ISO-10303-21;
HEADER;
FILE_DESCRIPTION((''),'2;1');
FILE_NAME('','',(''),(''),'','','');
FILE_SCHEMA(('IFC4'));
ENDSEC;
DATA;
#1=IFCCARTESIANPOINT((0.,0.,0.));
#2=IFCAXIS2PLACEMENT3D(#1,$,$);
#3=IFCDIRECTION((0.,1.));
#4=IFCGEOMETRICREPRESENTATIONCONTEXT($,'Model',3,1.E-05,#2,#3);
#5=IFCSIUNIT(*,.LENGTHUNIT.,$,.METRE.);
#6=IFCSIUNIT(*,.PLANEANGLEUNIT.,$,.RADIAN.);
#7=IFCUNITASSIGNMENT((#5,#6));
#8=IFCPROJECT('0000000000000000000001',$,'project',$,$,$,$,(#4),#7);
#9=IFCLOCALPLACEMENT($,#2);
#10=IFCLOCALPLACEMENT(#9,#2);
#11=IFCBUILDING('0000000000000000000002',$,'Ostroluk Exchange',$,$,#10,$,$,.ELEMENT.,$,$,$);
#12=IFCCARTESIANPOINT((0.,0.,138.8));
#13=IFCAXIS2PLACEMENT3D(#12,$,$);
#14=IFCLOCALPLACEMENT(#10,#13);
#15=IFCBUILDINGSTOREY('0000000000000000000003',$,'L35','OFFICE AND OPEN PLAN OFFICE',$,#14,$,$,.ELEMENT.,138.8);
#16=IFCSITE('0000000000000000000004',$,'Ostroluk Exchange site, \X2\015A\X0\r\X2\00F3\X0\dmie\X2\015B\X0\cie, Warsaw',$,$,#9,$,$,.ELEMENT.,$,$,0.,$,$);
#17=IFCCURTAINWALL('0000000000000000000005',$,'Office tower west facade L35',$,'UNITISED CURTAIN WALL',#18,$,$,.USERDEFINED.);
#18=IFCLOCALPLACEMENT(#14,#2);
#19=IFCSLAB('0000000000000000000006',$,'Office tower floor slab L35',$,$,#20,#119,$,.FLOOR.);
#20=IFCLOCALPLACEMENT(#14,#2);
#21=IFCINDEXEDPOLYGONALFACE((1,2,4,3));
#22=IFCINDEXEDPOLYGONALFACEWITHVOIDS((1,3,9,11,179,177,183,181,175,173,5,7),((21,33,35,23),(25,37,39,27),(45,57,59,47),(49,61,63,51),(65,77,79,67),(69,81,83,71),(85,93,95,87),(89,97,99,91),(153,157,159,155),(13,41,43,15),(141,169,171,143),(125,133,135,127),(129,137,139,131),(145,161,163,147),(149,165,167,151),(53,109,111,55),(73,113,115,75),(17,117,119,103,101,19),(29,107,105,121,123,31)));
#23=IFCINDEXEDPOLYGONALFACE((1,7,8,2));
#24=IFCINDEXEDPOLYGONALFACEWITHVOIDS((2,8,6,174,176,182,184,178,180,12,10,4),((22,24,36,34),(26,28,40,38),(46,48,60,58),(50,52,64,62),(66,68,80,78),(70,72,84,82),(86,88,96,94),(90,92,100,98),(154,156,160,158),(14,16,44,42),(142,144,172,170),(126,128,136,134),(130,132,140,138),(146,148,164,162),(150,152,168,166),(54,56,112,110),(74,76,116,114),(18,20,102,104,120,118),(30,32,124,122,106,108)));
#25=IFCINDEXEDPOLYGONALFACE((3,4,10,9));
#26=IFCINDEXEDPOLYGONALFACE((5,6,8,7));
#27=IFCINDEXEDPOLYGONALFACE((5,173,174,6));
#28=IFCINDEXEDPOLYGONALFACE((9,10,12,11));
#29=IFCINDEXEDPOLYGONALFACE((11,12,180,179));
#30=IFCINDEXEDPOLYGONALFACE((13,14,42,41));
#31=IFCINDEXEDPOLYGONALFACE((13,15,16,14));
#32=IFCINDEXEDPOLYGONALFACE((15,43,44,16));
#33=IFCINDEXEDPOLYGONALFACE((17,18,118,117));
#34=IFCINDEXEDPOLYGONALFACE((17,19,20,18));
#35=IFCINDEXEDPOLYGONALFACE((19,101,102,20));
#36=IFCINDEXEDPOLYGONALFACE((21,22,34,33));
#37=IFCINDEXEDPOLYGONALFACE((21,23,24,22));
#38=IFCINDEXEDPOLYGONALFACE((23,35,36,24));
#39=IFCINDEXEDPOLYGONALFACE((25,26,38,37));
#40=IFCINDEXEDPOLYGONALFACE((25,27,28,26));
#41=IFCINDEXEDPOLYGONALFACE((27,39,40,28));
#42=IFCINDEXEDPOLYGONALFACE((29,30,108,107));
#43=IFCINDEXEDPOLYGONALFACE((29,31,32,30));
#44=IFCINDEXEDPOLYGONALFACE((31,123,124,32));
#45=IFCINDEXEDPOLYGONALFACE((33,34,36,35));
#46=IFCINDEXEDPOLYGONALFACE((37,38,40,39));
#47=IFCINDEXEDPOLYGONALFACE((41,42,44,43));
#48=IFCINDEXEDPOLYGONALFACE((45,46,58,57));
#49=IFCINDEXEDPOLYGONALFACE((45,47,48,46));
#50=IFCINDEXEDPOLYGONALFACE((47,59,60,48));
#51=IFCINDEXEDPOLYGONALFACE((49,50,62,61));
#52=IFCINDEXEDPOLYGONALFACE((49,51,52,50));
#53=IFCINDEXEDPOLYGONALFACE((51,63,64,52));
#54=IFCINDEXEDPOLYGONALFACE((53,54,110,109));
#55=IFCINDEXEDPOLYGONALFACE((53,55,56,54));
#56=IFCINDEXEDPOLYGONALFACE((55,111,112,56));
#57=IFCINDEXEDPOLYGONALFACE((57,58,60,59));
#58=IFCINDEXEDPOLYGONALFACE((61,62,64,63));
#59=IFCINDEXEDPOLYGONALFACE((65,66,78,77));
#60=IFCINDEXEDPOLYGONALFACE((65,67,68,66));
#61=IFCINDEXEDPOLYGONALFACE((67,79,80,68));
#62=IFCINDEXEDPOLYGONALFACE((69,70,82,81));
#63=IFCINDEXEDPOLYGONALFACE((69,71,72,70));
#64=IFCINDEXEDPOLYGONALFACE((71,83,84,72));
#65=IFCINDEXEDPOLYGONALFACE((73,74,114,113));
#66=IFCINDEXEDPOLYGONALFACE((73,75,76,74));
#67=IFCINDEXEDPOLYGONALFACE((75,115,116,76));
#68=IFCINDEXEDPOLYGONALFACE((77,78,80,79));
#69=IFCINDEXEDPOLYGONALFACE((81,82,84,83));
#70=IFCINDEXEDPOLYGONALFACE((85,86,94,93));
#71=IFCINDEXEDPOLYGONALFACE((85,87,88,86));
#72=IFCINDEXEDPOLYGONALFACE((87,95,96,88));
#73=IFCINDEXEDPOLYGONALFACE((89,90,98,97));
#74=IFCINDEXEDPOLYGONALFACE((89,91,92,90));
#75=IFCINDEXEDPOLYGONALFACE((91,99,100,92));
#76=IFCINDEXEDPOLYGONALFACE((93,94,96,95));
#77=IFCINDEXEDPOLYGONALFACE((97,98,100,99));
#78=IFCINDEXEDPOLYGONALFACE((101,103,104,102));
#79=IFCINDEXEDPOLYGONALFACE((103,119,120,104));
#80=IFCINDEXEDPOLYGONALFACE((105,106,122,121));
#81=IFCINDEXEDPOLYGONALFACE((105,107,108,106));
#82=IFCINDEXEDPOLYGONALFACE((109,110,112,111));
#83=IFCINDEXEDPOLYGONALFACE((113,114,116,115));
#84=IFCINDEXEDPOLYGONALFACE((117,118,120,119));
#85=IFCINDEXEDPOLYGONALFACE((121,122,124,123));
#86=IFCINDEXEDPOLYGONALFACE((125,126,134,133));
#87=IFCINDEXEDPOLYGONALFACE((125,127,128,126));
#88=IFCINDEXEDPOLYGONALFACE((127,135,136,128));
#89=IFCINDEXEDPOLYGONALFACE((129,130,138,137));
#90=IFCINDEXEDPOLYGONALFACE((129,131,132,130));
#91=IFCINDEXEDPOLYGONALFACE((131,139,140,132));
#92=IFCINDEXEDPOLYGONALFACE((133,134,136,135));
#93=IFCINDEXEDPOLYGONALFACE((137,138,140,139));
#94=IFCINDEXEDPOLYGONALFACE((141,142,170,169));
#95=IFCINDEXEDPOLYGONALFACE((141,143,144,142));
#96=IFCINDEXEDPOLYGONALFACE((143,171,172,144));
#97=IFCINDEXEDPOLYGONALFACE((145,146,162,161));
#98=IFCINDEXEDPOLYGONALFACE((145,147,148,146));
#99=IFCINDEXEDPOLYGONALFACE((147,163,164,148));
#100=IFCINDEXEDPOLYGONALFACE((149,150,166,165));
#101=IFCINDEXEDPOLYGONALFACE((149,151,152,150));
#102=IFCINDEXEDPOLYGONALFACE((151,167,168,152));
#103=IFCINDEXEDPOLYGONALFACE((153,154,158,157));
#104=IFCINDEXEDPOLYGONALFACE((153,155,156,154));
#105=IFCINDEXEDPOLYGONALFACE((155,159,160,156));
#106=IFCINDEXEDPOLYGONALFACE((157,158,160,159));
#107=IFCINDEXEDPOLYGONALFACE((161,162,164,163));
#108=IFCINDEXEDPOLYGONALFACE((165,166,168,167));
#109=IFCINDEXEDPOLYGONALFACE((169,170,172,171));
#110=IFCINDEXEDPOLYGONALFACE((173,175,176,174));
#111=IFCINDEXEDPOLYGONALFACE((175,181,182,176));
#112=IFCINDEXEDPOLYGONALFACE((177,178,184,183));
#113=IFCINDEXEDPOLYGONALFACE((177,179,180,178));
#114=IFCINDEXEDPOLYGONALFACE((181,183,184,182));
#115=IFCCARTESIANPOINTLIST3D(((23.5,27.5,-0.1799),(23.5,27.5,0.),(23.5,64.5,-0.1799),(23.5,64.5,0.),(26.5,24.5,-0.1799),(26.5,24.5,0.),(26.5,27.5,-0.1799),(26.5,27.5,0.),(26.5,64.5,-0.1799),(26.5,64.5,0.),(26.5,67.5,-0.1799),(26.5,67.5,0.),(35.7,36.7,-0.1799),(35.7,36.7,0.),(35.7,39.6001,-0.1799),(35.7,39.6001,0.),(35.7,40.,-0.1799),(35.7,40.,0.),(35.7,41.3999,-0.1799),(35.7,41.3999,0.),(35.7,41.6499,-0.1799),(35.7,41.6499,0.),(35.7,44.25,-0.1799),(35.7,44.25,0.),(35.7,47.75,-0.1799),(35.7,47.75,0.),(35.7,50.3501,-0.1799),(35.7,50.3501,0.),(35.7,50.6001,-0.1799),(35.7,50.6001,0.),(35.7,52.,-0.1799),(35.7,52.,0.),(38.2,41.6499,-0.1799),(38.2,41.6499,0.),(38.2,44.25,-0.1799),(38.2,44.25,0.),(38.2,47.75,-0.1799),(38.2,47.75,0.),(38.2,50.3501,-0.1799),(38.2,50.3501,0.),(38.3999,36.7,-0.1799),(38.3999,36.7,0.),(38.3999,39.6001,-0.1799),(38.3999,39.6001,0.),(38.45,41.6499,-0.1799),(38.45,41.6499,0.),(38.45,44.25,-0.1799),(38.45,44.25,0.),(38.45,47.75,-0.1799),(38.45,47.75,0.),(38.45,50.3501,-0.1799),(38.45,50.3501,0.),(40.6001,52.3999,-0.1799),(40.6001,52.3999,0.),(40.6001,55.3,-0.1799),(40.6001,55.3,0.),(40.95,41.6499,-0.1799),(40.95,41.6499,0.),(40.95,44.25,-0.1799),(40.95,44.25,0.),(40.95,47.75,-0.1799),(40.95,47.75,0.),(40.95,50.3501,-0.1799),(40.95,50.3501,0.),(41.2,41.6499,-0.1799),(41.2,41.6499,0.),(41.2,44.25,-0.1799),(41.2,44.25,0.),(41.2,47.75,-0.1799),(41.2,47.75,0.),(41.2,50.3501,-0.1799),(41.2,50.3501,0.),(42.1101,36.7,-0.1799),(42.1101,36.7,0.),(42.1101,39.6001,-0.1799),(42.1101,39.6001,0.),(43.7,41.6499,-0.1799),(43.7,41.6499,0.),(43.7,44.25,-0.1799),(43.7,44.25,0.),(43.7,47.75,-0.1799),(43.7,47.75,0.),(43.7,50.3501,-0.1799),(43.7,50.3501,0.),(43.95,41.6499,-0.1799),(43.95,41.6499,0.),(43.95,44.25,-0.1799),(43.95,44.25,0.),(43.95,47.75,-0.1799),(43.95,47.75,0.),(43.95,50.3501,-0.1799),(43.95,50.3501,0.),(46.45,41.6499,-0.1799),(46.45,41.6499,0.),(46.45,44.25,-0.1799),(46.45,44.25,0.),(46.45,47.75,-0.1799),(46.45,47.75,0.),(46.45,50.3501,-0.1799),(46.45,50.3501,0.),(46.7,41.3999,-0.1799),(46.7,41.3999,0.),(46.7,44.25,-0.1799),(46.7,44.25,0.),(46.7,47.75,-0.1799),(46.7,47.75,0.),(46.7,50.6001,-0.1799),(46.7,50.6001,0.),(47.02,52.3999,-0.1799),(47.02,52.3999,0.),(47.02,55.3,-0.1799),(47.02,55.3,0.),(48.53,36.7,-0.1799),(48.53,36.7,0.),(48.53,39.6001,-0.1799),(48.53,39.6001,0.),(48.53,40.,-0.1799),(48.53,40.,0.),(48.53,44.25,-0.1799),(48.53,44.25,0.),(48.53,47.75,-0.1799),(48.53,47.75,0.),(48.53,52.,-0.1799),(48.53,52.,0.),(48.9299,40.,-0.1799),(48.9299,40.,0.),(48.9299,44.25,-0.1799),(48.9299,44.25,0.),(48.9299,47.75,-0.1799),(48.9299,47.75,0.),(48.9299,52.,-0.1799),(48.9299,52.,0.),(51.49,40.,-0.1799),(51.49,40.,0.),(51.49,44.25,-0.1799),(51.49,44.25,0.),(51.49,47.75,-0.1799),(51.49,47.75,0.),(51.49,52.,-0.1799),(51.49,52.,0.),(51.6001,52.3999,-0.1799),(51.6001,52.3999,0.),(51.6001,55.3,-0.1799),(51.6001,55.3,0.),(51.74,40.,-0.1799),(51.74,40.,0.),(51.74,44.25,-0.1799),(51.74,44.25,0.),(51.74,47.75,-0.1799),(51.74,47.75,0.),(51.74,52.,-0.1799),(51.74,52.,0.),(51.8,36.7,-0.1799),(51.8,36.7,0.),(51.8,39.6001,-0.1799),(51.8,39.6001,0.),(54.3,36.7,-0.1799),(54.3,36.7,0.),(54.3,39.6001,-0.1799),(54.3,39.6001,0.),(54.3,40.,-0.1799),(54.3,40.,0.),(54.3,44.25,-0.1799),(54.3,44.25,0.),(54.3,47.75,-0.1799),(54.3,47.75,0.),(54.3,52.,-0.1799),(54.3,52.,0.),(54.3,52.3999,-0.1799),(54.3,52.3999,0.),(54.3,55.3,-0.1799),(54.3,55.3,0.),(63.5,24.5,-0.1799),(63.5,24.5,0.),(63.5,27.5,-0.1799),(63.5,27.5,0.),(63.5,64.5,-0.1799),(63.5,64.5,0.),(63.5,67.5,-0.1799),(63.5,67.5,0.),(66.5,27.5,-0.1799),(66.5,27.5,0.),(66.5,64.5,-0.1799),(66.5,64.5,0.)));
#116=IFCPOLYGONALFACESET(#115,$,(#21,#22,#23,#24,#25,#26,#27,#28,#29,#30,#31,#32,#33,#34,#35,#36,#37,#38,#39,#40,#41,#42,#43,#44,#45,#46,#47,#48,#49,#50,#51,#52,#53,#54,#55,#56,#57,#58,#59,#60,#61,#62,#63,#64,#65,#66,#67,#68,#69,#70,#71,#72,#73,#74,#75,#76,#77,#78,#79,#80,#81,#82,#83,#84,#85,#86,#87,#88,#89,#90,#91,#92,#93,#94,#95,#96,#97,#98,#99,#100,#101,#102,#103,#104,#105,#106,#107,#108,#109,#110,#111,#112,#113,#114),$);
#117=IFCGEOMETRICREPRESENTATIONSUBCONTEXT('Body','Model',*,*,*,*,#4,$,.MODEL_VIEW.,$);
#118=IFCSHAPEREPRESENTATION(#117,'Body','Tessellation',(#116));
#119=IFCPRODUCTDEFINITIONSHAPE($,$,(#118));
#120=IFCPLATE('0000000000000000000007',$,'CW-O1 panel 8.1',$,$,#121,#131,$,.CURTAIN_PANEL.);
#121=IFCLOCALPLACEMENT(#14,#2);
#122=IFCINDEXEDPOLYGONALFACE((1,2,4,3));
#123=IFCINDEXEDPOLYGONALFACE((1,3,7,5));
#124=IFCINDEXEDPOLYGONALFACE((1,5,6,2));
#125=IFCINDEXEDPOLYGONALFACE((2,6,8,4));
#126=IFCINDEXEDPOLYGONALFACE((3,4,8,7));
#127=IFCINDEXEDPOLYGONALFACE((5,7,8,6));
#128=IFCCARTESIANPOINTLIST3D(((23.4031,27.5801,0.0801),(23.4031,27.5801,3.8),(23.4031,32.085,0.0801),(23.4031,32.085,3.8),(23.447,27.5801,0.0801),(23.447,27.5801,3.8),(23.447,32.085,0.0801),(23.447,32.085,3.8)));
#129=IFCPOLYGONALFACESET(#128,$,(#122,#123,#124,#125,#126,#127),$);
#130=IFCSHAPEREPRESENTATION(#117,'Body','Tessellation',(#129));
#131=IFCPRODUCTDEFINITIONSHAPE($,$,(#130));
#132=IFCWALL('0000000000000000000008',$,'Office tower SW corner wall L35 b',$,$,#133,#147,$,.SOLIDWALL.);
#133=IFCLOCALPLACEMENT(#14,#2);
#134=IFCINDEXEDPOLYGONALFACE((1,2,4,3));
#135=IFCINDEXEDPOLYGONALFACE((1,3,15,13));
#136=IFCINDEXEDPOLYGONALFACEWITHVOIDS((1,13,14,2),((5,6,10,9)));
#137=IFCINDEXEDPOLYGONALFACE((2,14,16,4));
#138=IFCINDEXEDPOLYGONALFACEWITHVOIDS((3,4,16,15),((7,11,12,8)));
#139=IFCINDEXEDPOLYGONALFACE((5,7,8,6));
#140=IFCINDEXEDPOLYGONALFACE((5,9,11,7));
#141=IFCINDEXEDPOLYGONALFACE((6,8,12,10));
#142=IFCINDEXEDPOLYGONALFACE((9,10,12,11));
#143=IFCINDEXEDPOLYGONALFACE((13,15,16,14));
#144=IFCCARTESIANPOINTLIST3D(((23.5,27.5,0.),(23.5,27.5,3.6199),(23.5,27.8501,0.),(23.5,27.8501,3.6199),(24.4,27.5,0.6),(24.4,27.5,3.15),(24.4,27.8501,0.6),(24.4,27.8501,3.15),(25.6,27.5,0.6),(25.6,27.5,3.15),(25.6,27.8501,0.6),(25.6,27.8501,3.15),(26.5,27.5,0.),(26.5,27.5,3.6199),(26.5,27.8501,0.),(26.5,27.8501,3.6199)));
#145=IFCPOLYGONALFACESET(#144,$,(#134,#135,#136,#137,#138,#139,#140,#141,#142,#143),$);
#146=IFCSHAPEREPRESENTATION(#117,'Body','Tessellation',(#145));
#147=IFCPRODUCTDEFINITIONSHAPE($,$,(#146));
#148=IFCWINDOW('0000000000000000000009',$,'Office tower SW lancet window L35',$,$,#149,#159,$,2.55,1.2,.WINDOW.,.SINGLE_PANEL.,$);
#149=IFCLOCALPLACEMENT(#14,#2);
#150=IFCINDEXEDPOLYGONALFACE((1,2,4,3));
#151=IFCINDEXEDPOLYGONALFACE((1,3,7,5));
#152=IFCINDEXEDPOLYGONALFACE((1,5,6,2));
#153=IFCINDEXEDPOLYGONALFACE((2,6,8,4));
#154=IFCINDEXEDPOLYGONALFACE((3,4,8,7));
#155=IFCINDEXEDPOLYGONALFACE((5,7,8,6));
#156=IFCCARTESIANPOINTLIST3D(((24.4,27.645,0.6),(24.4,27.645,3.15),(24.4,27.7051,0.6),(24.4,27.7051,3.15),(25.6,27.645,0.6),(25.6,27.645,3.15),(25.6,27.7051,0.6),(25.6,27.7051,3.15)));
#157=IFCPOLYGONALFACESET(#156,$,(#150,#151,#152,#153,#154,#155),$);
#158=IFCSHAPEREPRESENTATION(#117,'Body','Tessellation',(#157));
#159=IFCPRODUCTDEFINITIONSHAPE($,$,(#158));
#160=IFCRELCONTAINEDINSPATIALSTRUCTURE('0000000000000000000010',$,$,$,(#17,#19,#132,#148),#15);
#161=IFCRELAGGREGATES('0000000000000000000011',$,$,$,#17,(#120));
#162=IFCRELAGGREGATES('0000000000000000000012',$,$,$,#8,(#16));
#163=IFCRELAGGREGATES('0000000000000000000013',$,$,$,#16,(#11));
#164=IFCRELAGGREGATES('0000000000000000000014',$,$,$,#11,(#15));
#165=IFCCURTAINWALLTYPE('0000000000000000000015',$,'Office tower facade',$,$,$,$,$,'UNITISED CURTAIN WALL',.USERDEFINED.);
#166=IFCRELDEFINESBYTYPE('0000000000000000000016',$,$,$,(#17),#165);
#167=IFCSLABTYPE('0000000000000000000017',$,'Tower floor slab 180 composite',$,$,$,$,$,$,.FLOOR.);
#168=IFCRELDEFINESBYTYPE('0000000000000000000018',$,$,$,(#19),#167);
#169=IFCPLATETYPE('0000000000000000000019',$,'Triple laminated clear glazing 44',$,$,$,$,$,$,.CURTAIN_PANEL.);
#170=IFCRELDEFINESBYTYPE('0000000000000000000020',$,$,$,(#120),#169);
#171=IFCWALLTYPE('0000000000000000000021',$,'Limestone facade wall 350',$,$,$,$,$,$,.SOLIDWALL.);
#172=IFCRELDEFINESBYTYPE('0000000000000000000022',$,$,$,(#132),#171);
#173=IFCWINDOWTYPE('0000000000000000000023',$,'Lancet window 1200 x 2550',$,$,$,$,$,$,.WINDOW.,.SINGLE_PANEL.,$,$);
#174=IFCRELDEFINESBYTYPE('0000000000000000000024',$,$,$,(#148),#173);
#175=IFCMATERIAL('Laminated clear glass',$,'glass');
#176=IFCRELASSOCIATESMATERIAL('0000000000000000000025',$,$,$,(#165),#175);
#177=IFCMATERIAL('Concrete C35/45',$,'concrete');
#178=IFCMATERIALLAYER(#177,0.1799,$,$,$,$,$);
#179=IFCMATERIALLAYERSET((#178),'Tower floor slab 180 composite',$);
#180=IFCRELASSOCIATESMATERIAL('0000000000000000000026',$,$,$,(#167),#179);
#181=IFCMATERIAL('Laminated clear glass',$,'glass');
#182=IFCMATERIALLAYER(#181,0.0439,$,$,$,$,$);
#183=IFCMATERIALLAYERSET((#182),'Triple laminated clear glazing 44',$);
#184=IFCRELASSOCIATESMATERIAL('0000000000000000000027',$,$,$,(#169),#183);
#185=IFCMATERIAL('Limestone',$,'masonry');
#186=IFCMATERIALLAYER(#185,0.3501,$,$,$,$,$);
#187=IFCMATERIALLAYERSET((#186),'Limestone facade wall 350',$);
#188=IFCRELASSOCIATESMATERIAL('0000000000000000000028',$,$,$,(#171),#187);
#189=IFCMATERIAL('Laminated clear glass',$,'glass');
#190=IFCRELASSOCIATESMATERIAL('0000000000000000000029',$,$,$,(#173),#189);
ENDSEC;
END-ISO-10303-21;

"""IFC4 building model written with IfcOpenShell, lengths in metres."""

from ifc_helpers import new_model, si_unit, direction, frame, frame_2d, origin, origin_2d, place, context, subcontext, project, spatial, polyline, rectangle, outline, extrude, material, layer, layer_set, type_object, element, fill, aggregate, save


model = new_model("IFC4")

# Units and contexts
model_context = context("Model", 3, precision=1e-05, world=origin(), true_north=direction((0.0, 1.0)))
body_context = subcontext(model_context, "Body", "Model", "MODEL_VIEW")
ifc_project = project(units=[si_unit("LENGTHUNIT", "METRE"), si_unit("PLANEANGLEUNIT", "RADIAN")], contexts=[model_context])

# Site, building, storey
site_placement = place(None, origin())
site = spatial("IfcSite", under=ifc_project, at=site_placement, Name="Ostroluk Exchange site, Śródmieście, Warsaw", CompositionType="ELEMENT", RefElevation=0.0)
building_placement = place(site_placement, origin())
building = spatial("IfcBuilding", under=site, at=building_placement, Name="Ostroluk Exchange", CompositionType="ELEMENT")
storey_placement = place(building_placement, frame((0.0, 0.0, 138.8)))
storey = spatial("IfcBuildingStorey", under=building, at=storey_placement, Name="L35", Description="OFFICE AND OPEN PLAN OFFICE", CompositionType="ELEMENT", Elevation=138.8)

# Curtain wall
ifc_material_1 = material(Name="Laminated clear glass", Category="glass")
curtain_wall_type = type_object("IfcCurtainWallType", Name="Office tower facade", ElementType="UNITISED CURTAIN WALL", PredefinedType="USERDEFINED", material=ifc_material_1)
curtain_wall_1_placement = place(storey_placement, origin())
curtain_wall_1 = element("IfcCurtainWall", 1, at=curtain_wall_1_placement, inside=storey, type_object=curtain_wall_type, Name="Office tower west facade L35", ObjectType="UNITISED CURTAIN WALL", PredefinedType="USERDEFINED")

# Slab
ifc_material_2 = material(Name="Concrete C35/45", Category="concrete")
ifc_layer_1 = layer(ifc_material_2, 0.1799)
ifc_layer_set_1 = layer_set([ifc_layer_1], Name="Tower floor slab 180 composite")
slab_type_1 = type_object("IfcSlabType", Name="Tower floor slab 180 composite", PredefinedType="FLOOR", material=ifc_layer_set_1)
slab_1_placement = place(storey_placement, frame((0.0, 0.0, -0.1799)))
element("IfcSlab", 2, at=slab_1_placement, inside=storey, type_object=slab_type_1, Name="Office tower floor slab L35", PredefinedType="FLOOR", context=body_context, shape_type="SweptSolid", body=[
    extrude(outline(polyline([(26.5, 24.5), (63.5, 24.5), (63.5, 27.5), (66.5, 27.5), (66.5, 64.5), (63.5, 64.5), (63.5, 67.5), (26.5, 67.5), (26.5, 64.5), (23.5, 64.5), (23.5, 27.5), (26.5, 27.5), (26.5, 24.5)]), holes=[polyline([(35.7, 36.7), (38.3999, 36.7), (38.3999, 39.6001), (35.7, 39.6001), (35.7, 36.7)]), polyline([(42.1101, 36.7), (48.53, 36.7), (48.53, 39.6001), (42.1101, 39.6001), (42.1101, 36.7)]), polyline([(51.8, 36.7), (54.3, 36.7), (54.3, 39.6001), (51.8, 39.6001), (51.8, 36.7)]), polyline([(40.6001, 52.3999), (47.02, 52.3999), (47.02, 55.3), (40.6001, 55.3), (40.6001, 52.3999)]), polyline([(51.6001, 52.3999), (54.3, 52.3999), (54.3, 55.3), (51.6001, 55.3), (51.6001, 52.3999)]), polyline([(35.7, 47.75), (38.2, 47.75), (38.2, 50.3501), (35.7, 50.3501), (35.7, 47.75)]), polyline([(38.45, 47.75), (40.95, 47.75), (40.95, 50.3501), (38.45, 50.3501), (38.45, 47.75)]), polyline([(41.2, 47.75), (43.7, 47.75), (43.7, 50.3501), (41.2, 50.3501), (41.2, 47.75)]), polyline([(43.95, 47.75), (46.45, 47.75), (46.45, 50.3501), (43.95, 50.3501), (43.95, 47.75)]), polyline([(35.7, 41.6499), (38.2, 41.6499), (38.2, 44.25), (35.7, 44.25), (35.7, 41.6499)]), polyline([(38.45, 41.6499), (40.95, 41.6499), (40.95, 44.25), (38.45, 44.25), (38.45, 41.6499)]), polyline([(41.2, 41.6499), (43.7, 41.6499), (43.7, 44.25), (41.2, 44.25), (41.2, 41.6499)]), polyline([(43.95, 41.6499), (46.45, 41.6499), (46.45, 44.25), (43.95, 44.25), (43.95, 41.6499)]), polyline([(48.9299, 47.75), (51.49, 47.75), (51.49, 52.0), (48.9299, 52.0), (48.9299, 47.75)]), polyline([(51.74, 47.75), (54.3, 47.75), (54.3, 52.0), (51.74, 52.0), (51.74, 47.75)]), polyline([(48.9299, 40.0), (51.49, 40.0), (51.49, 44.25), (48.9299, 44.25), (48.9299, 40.0)]), polyline([(51.74, 40.0), (54.3, 40.0), (54.3, 44.25), (51.74, 44.25), (51.74, 40.0)]), polyline([(48.53, 52.0), (48.53, 47.75), (46.7, 47.75), (46.7, 50.6001), (35.7, 50.6001), (35.7, 52.0), (48.53, 52.0)]), polyline([(35.7, 40.0), (35.7, 41.3999), (46.7, 41.3999), (46.7, 44.25), (48.53, 44.25), (48.53, 40.0), (35.7, 40.0)])]), origin(), (0.0, 0.0, 1.0), 0.1799),
])

# Plate
ifc_material_3 = material(Name="Laminated clear glass", Category="glass")
ifc_layer_2 = layer(ifc_material_3, 0.0439)
ifc_layer_set_2 = layer_set([ifc_layer_2], Name="Triple laminated clear glazing 44")
plate_type_1 = type_object("IfcPlateType", Name="Triple laminated clear glazing 44", PredefinedType="CURTAIN_PANEL", material=ifc_layer_set_2)
plate_1_placement = place(storey_placement, frame((23.425, 29.8325, 0.0801), z_axis=(0.0, 0.0, 1.0), x_axis=(0.0, -1.0, 0.0)))
plate_1 = element("IfcPlate", 3, at=plate_1_placement, type_object=plate_type_1, Name="CW-O1 panel 8.1", PredefinedType="CURTAIN_PANEL", context=body_context, shape_type="SweptSolid", body=[
    extrude(rectangle(XDim=4.5049, YDim=0.0439, at=origin_2d()), origin(), (0.0, 0.0, 1.0), 3.72),
])
aggregate(curtain_wall_1, [plate_1])

# Shared definitions
ifc_material_4 = material(Name="Limestone", Category="masonry")
ifc_layer_3 = layer(ifc_material_4, 0.3501)
ifc_layer_set_3 = layer_set([ifc_layer_3], Name="Limestone facade wall 350")
wall_type = type_object("IfcWallType", Name="Limestone facade wall 350", PredefinedType="SOLIDWALL", material=ifc_layer_set_3)

# Wall, opening, window
wall_1_placement = place(storey_placement, frame((26.5, 27.675, 0.0), z_axis=(0.0, 0.0, 1.0), x_axis=(-1.0, 0.0, 0.0)))
wall_1 = element("IfcWall", 4, at=wall_1_placement, inside=storey, type_object=wall_type, Name="Office tower SW corner wall L35 b", PredefinedType="SOLIDWALL", context=body_context, shape_type="SweptSolid", body=[
    extrude(rectangle(XDim=3.0, YDim=0.3501, at=frame_2d((1.5, 0.0))), origin(), (0.0, 0.0, 1.0), 3.6199),
])
opening_1_placement = place(wall_1_placement, frame((0.8999, 0.0, 0.6001)))
opening_1 = element("IfcOpeningElement", 5, at=opening_1_placement, cuts=wall_1, PredefinedType="OPENING", context=body_context, shape_type="SweptSolid", body=[
    extrude(rectangle(XDim=1.2, YDim=2.55, at=frame_2d((0.6001, 1.2749))), frame((0.0, 0.1851, 0.0), z_axis=(0.0, -1.0, 0.0), x_axis=(1.0, 0.0, 0.0)), (0.0, 0.0, 1.0), 0.3701),
])
ifc_material_5 = material(Name="Laminated clear glass", Category="glass")
window_type = type_object("IfcWindowType", Name="Lancet window 1200 x 2550", PartitioningType="SINGLE_PANEL", PredefinedType="WINDOW", material=ifc_material_5)
window_placement = place(opening_1_placement, origin())
window = element("IfcWindow", 6, at=window_placement, inside=storey, type_object=window_type, Name="Office tower SW lancet window L35", OverallHeight=2.55, OverallWidth=1.2, PartitioningType="SINGLE_PANEL", PredefinedType="WINDOW", context=body_context, shape_type="SweptSolid", body=[
    extrude(rectangle(XDim=1.2, YDim=2.55, at=frame_2d((0.6001, 1.2749))), frame((0.0, 0.03, 0.0), z_axis=(0.0, -1.0, 0.0), x_axis=(1.0, 0.0, 0.0)), (0.0, 0.0, 1.0), 0.0601),
])
fill(opening_1, window)

save(model, "model.ifc")
